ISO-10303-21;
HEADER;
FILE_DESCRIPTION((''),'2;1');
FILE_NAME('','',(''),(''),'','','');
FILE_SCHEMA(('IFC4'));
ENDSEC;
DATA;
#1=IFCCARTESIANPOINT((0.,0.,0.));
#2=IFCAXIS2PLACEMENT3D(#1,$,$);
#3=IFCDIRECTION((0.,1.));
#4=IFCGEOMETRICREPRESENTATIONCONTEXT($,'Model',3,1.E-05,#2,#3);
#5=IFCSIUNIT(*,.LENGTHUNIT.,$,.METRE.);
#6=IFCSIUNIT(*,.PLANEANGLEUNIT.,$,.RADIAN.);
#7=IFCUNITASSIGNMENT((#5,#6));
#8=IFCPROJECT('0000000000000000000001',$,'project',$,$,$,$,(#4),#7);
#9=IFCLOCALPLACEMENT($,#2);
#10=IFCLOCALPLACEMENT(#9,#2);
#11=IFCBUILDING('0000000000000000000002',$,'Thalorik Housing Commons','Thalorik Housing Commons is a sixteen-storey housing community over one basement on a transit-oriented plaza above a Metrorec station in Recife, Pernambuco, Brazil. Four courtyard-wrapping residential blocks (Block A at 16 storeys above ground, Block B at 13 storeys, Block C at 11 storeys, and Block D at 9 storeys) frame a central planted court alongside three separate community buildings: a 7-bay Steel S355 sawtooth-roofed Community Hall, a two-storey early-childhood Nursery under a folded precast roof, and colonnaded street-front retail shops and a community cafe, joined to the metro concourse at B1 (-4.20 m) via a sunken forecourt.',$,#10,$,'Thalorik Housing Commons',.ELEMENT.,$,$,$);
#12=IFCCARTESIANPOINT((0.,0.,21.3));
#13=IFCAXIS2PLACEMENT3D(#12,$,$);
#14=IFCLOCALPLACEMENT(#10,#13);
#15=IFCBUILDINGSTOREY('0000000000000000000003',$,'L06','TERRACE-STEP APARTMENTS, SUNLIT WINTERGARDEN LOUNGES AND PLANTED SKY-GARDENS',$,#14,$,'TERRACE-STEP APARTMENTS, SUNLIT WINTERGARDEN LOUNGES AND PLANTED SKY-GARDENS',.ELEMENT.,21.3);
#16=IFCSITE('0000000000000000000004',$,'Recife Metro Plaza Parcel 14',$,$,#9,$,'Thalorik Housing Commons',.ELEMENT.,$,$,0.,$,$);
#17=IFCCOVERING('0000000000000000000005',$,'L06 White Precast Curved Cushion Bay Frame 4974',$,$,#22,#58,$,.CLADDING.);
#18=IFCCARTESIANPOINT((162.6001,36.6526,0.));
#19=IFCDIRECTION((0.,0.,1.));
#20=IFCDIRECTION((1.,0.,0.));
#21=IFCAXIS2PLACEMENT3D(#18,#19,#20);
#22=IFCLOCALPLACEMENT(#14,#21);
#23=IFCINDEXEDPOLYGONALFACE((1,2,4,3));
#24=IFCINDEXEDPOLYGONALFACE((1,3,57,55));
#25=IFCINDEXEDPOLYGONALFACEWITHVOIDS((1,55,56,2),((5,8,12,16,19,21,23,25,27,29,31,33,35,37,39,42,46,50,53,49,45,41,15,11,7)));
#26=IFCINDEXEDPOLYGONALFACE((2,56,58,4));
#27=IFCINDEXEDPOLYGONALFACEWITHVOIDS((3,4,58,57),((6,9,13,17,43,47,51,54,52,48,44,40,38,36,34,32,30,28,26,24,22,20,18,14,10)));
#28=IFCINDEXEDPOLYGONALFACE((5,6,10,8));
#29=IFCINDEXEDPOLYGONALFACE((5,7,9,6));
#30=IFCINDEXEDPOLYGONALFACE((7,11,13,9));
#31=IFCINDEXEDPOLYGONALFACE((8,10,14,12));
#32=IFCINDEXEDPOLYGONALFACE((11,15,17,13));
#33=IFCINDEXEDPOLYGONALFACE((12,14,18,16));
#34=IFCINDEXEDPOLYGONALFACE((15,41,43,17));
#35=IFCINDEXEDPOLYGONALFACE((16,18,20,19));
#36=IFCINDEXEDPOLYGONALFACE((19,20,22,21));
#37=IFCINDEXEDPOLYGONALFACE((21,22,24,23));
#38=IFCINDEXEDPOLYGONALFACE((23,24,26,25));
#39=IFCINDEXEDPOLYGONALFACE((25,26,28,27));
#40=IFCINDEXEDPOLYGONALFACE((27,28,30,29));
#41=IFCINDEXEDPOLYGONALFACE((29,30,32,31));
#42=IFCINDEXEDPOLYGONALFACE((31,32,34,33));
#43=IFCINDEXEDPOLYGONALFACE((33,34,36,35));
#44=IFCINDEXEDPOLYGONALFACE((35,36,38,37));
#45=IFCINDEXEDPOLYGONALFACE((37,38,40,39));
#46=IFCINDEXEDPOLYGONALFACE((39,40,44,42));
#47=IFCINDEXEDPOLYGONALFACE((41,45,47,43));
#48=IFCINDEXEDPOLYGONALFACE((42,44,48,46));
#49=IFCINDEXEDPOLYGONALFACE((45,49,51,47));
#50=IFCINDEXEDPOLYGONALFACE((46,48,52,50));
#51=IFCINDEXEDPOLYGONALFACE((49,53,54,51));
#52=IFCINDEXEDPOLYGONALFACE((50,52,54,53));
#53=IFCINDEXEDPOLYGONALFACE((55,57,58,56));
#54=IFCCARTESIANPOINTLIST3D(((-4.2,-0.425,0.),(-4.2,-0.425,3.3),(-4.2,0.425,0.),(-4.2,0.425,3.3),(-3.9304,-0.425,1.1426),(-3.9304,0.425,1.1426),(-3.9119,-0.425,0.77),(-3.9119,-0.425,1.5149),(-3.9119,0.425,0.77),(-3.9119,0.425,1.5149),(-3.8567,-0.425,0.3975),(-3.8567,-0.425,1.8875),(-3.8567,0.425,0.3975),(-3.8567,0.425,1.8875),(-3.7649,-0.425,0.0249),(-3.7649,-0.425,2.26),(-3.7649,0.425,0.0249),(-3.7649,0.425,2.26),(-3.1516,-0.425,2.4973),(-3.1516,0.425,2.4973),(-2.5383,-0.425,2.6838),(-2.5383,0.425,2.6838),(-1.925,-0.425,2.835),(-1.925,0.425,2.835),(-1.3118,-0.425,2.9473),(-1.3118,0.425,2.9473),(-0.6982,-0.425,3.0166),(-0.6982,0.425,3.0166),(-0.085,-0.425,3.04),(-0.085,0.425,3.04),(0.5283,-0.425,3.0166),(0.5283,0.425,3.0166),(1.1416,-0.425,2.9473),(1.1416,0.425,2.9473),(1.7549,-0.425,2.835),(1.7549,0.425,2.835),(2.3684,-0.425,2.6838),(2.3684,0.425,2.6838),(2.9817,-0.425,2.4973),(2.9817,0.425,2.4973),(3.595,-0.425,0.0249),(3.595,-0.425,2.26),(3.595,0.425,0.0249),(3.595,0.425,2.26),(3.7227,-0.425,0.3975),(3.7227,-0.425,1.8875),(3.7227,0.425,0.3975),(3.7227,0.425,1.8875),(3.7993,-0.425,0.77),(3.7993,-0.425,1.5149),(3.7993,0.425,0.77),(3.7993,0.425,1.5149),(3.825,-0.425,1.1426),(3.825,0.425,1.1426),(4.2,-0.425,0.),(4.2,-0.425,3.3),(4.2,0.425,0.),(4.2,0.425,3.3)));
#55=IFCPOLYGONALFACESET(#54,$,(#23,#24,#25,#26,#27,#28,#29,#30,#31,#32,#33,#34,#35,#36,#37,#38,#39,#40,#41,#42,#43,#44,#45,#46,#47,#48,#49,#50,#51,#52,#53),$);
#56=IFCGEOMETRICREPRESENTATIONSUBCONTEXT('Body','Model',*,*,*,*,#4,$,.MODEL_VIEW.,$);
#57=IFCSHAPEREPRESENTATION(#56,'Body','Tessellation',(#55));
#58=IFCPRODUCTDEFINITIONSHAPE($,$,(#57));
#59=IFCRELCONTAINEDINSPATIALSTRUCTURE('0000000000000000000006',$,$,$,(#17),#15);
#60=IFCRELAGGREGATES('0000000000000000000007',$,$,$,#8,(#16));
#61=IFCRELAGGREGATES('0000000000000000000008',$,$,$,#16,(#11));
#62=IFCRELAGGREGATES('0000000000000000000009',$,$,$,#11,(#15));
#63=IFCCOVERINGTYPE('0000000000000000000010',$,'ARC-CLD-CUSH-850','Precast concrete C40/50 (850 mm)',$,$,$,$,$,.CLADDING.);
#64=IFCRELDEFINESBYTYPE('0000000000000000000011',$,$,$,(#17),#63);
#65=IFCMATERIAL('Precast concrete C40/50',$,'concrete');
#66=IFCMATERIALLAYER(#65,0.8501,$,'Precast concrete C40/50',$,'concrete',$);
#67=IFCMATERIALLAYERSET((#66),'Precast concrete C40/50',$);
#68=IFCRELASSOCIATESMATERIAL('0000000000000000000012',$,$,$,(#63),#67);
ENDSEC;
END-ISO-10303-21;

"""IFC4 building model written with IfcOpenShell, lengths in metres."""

from ifc_helpers import new_model, si_unit, direction, frame, origin, place, context, subcontext, project, spatial, polyline, outline, extrude, material, layer, layer_set, type_object, element, save


model = new_model("IFC4")

# Units and contexts
model_context = context("Model", 3, precision=1e-05, world=origin(), true_north=direction((0.0, 1.0)))
body_context = subcontext(model_context, "Body", "Model", "MODEL_VIEW")
ifc_project = project(units=[si_unit("LENGTHUNIT", "METRE"), si_unit("PLANEANGLEUNIT", "RADIAN")], contexts=[model_context])

# Site, building, storey
site_placement = place(None, origin())
site = spatial("IfcSite", under=ifc_project, at=site_placement, Name="Recife Metro Plaza Parcel 14", LongName="Thalorik Housing Commons", CompositionType="ELEMENT", RefElevation=0.0)
building_placement = place(site_placement, origin())
building = spatial("IfcBuilding", under=site, at=building_placement, Name="Thalorik Housing Commons", Description="Thalorik Housing Commons is a sixteen-storey housing community over one basement on a transit-oriented plaza above a Metrorec station in Recife, Pernambuco, Brazil. Four courtyard-wrapping residential blocks (Block A at 16 storeys above ground, Block B at 13 storeys, Block C at 11 storeys, and Block D at 9 storeys) frame a central planted court alongside three separate community buildings: a 7-bay Steel S355 sawtooth-roofed Community Hall, a two-storey early-childhood Nursery under a folded precast roof, and colonnaded street-front retail shops and a community cafe, joined to the metro concourse at B1 (-4.20 m) via a sunken forecourt.", LongName="Thalorik Housing Commons", CompositionType="ELEMENT")
storey_placement = place(building_placement, frame((0.0, 0.0, 21.3)))
storey = spatial("IfcBuildingStorey", under=building, at=storey_placement, Name="L06", Description="TERRACE-STEP APARTMENTS, SUNLIT WINTERGARDEN LOUNGES AND PLANTED SKY-GARDENS", LongName="TERRACE-STEP APARTMENTS, SUNLIT WINTERGARDEN LOUNGES AND PLANTED SKY-GARDENS", CompositionType="ELEMENT", Elevation=21.3)

# Shared definitions
ifc_material_1 = material(Name="Precast concrete C40/50", Category="concrete")

# Covering
ifc_layer_1 = layer(ifc_material_1, 0.8501, Name="Precast concrete C40/50", Category="concrete")
ifc_layer_set_1 = layer_set([ifc_layer_1], Name="Precast concrete C40/50")
covering_type_1 = type_object("IfcCoveringType", Name="ARC-CLD-CUSH-850", Description="Precast concrete C40/50 (850 mm)", PredefinedType="CLADDING", material=ifc_layer_set_1)
covering_1_placement = place(storey_placement, frame((162.6001, 36.6526, 0.0), z_axis=(0.0, 0.0, 1.0), x_axis=(1.0, 0.0, 0.0)))
element("IfcCovering", 1, at=covering_1_placement, inside=storey, type_object=covering_type_1, Name="L06 White Precast Curved Cushion Bay Frame 4974", PredefinedType="CLADDING", context=body_context, shape_type="SweptSolid", body=[
    extrude(outline(polyline([(-4.2, 0.0), (4.2, 0.0), (4.2, 3.3), (-4.2, 3.3), (-4.2, 0.0)]), holes=[polyline([(3.595, 0.0249), (3.7227, 0.3975), (3.7993, 0.77), (3.825, 1.1426), (3.7993, 1.5149), (3.7227, 1.8875), (3.595, 2.26), (2.9817, 2.4973), (2.3684, 2.6838), (1.7549, 2.835), (1.1416, 2.9473), (0.5283, 3.0166), (-0.085, 3.04), (-0.6982, 3.0166), (-1.3118, 2.9473), (-1.925, 2.835), (-2.5383, 2.6838), (-3.1516, 2.4973), (-3.7649, 2.26), (-3.8567, 1.8875), (-3.9119, 1.5149), (-3.9304, 1.1426), (-3.9119, 0.77), (-3.8567, 0.3975), (-3.7649, 0.0249), (3.595, 0.0249)])]), frame((0.0, 0.425, 0.0), z_axis=(0.0, -1.0, 0.0), x_axis=(1.0, 0.0, 0.0)), (0.0, 0.0, 1.0), 0.8501),
])

save(model, "model.ifc")
